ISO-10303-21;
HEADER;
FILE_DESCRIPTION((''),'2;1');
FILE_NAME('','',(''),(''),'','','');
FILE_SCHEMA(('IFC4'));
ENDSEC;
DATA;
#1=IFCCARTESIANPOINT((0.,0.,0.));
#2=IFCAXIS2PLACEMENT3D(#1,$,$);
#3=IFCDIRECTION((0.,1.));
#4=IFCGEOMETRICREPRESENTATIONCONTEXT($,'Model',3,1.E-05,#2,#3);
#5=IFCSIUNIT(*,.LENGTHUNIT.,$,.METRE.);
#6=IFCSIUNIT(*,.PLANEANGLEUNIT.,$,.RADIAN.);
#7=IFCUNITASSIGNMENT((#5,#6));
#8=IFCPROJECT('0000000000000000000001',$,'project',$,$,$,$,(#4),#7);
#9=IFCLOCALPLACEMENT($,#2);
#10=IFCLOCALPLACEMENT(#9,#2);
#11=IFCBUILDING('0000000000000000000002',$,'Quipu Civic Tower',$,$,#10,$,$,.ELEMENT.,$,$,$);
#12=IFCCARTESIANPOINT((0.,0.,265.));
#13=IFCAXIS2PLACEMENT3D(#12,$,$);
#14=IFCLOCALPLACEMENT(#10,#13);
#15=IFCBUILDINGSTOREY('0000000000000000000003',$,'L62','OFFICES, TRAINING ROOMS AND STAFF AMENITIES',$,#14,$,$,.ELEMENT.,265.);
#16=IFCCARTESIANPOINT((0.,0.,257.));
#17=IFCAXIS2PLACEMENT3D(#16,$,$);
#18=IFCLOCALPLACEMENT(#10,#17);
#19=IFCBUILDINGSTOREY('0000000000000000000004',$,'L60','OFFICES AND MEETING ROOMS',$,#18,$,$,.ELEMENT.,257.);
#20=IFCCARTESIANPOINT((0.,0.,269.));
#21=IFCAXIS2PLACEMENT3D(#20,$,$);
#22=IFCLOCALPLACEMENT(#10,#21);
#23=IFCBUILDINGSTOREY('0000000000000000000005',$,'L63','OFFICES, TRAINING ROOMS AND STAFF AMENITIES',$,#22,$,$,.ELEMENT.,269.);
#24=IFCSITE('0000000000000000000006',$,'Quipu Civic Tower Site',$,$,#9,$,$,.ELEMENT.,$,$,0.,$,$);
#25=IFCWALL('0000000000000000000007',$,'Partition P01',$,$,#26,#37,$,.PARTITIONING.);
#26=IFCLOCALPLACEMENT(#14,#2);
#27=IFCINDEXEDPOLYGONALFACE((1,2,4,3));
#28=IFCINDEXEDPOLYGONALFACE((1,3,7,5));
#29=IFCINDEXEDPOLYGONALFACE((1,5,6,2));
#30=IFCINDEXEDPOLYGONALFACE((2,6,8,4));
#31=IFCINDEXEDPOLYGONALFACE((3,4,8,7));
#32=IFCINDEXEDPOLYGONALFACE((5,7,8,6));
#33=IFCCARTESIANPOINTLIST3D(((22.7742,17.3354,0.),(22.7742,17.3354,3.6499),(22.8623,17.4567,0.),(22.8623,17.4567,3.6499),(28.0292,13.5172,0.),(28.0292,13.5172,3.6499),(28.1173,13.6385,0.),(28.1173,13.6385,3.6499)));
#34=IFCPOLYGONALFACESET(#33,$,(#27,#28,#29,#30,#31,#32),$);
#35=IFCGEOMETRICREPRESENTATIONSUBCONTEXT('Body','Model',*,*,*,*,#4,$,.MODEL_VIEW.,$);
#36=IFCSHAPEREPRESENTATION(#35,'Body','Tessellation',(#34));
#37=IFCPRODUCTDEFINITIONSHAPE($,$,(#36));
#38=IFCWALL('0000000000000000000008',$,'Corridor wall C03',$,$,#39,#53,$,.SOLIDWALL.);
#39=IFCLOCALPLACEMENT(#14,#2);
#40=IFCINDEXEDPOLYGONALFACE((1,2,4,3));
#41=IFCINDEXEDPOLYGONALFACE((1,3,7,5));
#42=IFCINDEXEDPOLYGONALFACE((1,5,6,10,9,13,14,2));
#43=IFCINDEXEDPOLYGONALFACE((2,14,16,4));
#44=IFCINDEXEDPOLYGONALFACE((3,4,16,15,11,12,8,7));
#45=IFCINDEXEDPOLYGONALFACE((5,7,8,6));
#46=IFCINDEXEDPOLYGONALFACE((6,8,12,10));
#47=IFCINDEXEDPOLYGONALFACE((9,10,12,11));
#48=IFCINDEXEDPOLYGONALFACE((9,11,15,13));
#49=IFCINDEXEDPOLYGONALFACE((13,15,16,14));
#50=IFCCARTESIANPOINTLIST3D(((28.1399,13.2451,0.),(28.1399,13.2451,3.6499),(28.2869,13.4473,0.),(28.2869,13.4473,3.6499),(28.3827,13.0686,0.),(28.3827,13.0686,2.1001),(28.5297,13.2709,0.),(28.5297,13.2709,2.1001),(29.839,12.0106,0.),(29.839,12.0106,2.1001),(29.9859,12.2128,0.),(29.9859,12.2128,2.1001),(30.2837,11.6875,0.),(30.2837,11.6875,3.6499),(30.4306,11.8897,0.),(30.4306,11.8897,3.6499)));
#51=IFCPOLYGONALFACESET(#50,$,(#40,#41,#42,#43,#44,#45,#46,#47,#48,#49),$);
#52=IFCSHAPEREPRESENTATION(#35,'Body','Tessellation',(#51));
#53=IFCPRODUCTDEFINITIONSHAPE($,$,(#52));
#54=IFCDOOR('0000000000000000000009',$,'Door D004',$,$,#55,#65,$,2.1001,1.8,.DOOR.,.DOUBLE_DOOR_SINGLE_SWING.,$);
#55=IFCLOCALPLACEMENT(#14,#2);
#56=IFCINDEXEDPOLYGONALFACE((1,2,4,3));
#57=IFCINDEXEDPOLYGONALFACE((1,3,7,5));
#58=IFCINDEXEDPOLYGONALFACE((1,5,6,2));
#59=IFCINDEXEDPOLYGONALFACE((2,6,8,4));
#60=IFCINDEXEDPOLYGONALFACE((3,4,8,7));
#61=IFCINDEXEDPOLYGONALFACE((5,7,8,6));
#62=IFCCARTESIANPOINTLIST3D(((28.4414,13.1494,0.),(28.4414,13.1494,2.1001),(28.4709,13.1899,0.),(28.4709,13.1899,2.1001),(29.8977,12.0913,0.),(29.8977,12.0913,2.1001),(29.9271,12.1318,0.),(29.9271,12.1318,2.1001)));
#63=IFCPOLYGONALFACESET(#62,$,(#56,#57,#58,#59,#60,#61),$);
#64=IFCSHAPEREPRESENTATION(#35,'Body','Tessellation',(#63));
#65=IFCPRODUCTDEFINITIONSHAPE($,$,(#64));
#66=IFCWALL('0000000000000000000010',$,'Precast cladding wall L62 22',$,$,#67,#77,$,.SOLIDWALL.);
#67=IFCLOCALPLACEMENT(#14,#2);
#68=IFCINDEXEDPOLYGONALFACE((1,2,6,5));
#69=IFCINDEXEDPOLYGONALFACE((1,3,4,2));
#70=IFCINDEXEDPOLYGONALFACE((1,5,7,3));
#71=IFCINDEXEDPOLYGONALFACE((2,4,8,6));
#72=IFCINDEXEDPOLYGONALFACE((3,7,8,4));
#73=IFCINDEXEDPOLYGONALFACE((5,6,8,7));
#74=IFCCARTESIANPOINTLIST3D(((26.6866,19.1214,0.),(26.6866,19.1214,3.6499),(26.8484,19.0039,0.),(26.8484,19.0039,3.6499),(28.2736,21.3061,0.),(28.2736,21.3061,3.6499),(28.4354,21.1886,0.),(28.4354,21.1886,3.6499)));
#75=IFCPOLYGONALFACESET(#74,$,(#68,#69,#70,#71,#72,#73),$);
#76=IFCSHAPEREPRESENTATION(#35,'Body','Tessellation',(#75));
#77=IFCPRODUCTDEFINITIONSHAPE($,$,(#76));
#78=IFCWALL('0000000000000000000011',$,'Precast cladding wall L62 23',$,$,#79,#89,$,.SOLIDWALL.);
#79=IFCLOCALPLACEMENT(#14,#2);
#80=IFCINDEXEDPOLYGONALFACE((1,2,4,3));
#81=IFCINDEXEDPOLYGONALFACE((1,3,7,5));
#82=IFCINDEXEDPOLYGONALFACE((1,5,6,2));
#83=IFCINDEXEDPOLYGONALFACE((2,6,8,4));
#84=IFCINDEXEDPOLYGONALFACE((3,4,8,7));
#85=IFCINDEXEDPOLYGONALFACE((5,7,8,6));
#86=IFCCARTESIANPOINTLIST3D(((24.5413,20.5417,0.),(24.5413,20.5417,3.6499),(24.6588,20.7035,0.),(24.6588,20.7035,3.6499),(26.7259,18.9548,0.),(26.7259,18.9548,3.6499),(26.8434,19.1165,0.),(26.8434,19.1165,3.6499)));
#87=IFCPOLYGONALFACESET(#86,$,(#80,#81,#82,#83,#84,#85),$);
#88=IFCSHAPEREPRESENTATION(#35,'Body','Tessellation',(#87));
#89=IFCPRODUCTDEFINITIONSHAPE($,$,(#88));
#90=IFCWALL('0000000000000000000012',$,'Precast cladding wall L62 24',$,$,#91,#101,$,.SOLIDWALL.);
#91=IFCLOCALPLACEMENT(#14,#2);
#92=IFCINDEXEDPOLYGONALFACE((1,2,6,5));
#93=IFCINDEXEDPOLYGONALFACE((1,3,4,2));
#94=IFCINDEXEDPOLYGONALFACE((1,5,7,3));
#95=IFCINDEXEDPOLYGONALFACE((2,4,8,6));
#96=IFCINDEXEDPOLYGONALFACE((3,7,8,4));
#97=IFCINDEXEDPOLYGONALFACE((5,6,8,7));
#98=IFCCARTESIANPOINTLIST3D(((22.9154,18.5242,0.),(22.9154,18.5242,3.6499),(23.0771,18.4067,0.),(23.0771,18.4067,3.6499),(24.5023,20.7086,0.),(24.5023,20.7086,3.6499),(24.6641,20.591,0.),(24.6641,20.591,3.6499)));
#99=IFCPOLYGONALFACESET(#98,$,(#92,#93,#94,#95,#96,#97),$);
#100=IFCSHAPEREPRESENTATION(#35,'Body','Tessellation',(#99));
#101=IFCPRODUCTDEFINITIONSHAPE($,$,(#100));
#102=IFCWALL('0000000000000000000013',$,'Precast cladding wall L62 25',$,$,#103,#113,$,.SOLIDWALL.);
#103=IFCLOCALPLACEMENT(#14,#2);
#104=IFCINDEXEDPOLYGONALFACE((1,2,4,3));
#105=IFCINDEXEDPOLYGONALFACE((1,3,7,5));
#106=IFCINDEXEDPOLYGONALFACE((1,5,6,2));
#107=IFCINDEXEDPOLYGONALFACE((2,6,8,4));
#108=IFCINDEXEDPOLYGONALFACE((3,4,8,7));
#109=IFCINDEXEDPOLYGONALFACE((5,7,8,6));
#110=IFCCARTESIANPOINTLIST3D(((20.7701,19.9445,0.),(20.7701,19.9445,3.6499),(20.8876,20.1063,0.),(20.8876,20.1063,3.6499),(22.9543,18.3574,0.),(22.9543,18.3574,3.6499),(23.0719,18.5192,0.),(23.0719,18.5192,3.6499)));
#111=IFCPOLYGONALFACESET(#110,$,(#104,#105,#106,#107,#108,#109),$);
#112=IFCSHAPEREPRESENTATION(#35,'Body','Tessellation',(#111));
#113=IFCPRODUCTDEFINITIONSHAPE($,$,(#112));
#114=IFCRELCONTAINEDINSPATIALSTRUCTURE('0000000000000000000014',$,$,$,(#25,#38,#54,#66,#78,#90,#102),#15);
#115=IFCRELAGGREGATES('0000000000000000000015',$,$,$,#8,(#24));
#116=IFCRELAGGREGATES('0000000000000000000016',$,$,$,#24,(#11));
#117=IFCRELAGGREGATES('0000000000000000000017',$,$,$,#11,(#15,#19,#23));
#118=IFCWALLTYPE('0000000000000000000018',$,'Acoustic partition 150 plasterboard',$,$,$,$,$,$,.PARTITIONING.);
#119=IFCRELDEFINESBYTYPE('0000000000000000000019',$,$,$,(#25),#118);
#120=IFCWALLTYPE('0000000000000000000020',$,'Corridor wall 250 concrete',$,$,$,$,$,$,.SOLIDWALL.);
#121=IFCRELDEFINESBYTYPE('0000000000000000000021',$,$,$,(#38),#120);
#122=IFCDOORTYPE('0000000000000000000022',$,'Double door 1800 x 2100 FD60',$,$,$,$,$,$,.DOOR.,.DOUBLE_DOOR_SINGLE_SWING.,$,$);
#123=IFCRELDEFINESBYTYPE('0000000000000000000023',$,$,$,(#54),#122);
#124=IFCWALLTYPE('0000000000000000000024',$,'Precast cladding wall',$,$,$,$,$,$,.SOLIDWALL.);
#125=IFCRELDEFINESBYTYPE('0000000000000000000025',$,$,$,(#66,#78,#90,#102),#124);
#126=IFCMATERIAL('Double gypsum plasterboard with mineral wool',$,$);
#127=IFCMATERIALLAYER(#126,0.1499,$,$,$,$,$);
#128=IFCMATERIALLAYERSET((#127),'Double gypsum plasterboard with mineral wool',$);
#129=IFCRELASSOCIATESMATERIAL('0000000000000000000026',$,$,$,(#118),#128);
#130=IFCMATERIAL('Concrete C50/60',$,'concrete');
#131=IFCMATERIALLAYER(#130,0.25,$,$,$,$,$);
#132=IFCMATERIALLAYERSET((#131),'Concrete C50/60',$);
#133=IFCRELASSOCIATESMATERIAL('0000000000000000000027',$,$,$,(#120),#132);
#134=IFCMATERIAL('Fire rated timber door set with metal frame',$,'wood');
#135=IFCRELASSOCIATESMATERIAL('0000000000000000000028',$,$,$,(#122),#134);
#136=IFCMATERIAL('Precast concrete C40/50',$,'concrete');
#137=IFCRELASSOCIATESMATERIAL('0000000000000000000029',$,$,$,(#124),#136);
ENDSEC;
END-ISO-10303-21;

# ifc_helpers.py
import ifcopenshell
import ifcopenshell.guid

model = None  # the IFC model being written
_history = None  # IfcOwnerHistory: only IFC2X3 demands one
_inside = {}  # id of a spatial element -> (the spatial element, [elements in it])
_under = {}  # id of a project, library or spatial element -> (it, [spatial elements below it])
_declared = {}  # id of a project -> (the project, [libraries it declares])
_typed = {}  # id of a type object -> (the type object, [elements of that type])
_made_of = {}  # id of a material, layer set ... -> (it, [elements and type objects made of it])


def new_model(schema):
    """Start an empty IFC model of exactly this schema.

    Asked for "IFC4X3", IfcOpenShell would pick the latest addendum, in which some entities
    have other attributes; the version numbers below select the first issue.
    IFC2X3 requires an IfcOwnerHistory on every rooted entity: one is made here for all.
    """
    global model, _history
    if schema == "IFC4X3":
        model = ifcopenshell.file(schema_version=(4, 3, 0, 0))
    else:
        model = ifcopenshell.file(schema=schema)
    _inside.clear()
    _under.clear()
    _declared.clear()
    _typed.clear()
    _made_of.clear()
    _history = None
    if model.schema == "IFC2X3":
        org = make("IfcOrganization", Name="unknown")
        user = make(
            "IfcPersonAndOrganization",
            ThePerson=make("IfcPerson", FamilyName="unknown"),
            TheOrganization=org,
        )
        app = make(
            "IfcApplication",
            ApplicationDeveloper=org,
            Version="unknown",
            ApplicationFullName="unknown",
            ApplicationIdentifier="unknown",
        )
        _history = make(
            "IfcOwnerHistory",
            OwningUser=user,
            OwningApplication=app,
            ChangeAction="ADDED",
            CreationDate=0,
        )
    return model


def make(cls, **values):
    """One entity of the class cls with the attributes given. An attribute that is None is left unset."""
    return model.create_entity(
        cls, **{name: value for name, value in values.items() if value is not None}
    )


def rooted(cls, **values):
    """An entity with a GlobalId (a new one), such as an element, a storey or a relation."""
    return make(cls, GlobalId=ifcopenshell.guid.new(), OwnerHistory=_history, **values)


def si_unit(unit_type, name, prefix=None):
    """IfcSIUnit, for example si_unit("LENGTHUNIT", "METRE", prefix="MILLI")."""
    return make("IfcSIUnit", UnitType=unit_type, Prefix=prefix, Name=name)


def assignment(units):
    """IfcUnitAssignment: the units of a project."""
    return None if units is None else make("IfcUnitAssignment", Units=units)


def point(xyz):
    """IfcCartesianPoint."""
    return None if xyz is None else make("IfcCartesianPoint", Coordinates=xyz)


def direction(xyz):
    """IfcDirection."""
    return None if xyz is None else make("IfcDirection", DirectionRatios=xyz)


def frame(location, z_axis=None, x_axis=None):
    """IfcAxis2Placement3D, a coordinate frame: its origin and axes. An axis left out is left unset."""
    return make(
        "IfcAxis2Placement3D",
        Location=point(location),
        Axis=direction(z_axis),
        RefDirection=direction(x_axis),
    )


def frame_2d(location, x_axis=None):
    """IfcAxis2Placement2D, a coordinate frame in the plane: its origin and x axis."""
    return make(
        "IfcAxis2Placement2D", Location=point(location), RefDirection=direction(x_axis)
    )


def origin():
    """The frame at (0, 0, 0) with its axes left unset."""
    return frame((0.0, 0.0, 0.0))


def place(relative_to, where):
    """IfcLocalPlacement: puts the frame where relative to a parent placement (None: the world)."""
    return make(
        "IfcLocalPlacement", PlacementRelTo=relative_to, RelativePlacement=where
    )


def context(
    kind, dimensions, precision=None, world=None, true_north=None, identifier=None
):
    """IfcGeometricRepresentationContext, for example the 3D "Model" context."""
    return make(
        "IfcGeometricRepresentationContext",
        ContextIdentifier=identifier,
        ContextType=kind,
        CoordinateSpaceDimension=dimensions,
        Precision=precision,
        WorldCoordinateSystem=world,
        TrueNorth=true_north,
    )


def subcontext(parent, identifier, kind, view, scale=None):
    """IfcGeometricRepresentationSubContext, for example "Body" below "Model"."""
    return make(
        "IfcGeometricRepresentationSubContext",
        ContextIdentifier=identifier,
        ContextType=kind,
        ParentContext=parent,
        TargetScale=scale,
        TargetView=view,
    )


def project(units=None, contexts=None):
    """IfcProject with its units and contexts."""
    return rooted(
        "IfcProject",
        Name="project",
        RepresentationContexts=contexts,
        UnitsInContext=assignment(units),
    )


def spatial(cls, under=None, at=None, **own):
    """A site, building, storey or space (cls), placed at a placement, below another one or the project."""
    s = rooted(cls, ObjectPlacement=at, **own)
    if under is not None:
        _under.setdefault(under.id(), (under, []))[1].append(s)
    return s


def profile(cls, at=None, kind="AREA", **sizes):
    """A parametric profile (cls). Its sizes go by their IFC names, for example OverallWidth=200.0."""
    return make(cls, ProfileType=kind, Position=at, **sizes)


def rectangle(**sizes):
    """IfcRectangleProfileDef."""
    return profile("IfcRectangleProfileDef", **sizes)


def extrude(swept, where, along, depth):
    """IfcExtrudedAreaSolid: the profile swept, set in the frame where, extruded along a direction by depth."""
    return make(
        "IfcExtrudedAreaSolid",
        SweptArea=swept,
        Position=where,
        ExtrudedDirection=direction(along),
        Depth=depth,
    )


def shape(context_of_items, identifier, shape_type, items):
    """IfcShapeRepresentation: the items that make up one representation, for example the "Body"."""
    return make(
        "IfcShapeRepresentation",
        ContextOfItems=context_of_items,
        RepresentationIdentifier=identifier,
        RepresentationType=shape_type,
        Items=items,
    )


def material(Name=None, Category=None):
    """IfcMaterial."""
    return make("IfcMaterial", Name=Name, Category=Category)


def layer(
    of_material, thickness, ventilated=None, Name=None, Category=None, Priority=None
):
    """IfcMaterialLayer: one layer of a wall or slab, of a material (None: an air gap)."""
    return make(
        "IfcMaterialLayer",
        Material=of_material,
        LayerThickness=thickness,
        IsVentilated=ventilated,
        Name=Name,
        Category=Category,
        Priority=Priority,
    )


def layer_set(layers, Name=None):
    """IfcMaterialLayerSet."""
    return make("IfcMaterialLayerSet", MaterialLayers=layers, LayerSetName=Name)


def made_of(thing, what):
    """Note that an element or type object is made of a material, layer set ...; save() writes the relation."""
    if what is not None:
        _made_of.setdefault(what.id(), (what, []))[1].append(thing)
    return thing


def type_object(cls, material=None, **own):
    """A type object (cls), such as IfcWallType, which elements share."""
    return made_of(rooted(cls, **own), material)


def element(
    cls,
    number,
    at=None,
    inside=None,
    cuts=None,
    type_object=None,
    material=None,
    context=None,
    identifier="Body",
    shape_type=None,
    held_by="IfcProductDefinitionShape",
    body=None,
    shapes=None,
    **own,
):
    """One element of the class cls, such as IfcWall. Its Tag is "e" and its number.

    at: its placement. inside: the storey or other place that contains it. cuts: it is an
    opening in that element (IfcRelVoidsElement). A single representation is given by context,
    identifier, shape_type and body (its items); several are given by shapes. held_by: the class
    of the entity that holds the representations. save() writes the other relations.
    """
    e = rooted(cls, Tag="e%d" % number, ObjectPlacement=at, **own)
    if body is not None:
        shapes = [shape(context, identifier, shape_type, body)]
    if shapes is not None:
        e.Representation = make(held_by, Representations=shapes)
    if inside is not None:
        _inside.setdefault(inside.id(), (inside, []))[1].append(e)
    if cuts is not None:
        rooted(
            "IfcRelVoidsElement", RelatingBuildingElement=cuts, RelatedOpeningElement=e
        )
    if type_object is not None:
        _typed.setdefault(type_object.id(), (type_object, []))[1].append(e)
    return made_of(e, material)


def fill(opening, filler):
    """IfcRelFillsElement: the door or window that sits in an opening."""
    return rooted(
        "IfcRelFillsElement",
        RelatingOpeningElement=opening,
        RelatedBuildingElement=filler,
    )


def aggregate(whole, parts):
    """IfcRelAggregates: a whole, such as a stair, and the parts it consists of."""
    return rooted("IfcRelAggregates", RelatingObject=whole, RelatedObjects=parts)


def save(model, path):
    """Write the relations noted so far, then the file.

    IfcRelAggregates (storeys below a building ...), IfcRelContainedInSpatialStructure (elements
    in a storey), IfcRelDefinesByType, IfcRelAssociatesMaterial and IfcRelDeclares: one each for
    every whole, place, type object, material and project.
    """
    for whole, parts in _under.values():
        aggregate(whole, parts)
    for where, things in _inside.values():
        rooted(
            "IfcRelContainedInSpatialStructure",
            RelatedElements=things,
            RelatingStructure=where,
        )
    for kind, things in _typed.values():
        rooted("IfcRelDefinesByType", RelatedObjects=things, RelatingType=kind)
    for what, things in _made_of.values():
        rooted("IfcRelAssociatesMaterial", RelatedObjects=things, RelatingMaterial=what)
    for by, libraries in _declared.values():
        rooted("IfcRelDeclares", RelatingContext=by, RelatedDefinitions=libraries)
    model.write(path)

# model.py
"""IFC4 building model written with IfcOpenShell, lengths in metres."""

from ifc_helpers import new_model, si_unit, direction, frame, frame_2d, origin, place, context, subcontext, project, spatial, rectangle, extrude, material, layer, layer_set, type_object, element, fill, save


model = new_model("IFC4")

# Units and contexts
model_context = context("Model", 3, precision=1e-05, world=origin(), true_north=direction((0.0, 1.0)))
body_context = subcontext(model_context, "Body", "Model", "MODEL_VIEW")
ifc_project = project(units=[si_unit("LENGTHUNIT", "METRE"), si_unit("PLANEANGLEUNIT", "RADIAN")], contexts=[model_context])

# Site, building, storey
site_placement = place(None, origin())
site = spatial("IfcSite", under=ifc_project, at=site_placement, Name="Quipu Civic Tower Site", CompositionType="ELEMENT", RefElevation=0.0)
building_placement = place(site_placement, origin())
building = spatial("IfcBuilding", under=site, at=building_placement, Name="Quipu Civic Tower", CompositionType="ELEMENT")
storey_1_placement = place(building_placement, frame((0.0, 0.0, 265.0)))
storey_1 = spatial("IfcBuildingStorey", under=building, at=storey_1_placement, Name="L62", Description="OFFICES, TRAINING ROOMS AND STAFF AMENITIES", CompositionType="ELEMENT", Elevation=265.0)

# Shared definitions
storey_2_placement = place(building_placement, frame((0.0, 0.0, 257.0)))
storey_2 = spatial("IfcBuildingStorey", under=building, at=storey_2_placement, Name="L60", Description="OFFICES AND MEETING ROOMS", CompositionType="ELEMENT", Elevation=257.0)

# Shared definitions
storey_3_placement = place(building_placement, frame((0.0, 0.0, 269.0)))
storey_3 = spatial("IfcBuildingStorey", under=building, at=storey_3_placement, Name="L63", Description="OFFICES, TRAINING ROOMS AND STAFF AMENITIES", CompositionType="ELEMENT", Elevation=269.0)

# Wall
ifc_material_1 = material(Name="Double gypsum plasterboard with mineral wool")
ifc_layer_1 = layer(ifc_material_1, 0.1499)
ifc_layer_set_1 = layer_set([ifc_layer_1], Name="Double gypsum plasterboard with mineral wool")
wall_type_1 = type_object("IfcWallType", Name="Acoustic partition 150 plasterboard", PredefinedType="PARTITIONING", material=ifc_layer_set_1)
wall_1_placement = place(storey_1_placement, frame((28.0732, 13.5779, 0.0), z_axis=(0.0, 0.0, 1.0), x_axis=(-0.809001, 0.587807, 0.0)))
element("IfcWall", 1, at=wall_1_placement, inside=storey_1, type_object=wall_type_1, Name="Partition P01", PredefinedType="PARTITIONING", context=body_context, shape_type="SweptSolid", body=[
    extrude(rectangle(XDim=6.4956, YDim=0.1499, at=frame_2d((3.2478, 0.0))), origin(), (0.0, 0.0, 1.0), 3.6499),
])

# Wall, opening, door
ifc_material_2 = material(Name="Concrete C50/60", Category="concrete")
ifc_layer_2 = layer(ifc_material_2, 0.25)
ifc_layer_set_2 = layer_set([ifc_layer_2], Name="Concrete C50/60")
wall_type_2 = type_object("IfcWallType", Name="Corridor wall 250 concrete", PredefinedType="SOLIDWALL", material=ifc_layer_set_2)
wall_2_placement = place(storey_1_placement, frame((28.2134, 13.3462, 0.0), z_axis=(0.0, 0.0, 1.0), x_axis=(0.809007, -0.587799, 0.0)))
wall_2 = element("IfcWall", 2, at=wall_2_placement, inside=storey_1, type_object=wall_type_2, Name="Corridor wall C03", PredefinedType="SOLIDWALL", context=body_context, shape_type="SweptSolid", body=[
    extrude(rectangle(XDim=2.6499, YDim=0.25, at=frame_2d((1.325, 0.0))), origin(), (0.0, 0.0, 1.0), 3.6499),
])
opening_placement = place(wall_2_placement, frame((0.3003, 0.0, 0.0)))
opening = element("IfcOpeningElement", 3, at=opening_placement, cuts=wall_2, PredefinedType="OPENING", context=body_context, shape_type="SweptSolid", body=[
    extrude(rectangle(XDim=1.8, YDim=2.1001, at=frame_2d((0.8999, 1.05))), frame((0.0, 0.135, 0.0), z_axis=(0.0, -1.0, 0.0), x_axis=(1.0, 0.0, 0.0)), (0.0, 0.0, 1.0), 0.27),
])
ifc_material_3 = material(Name="Fire rated timber door set with metal frame", Category="wood")
door_type = type_object("IfcDoorType", Name="Double door 1800 x 2100 FD60", OperationType="DOUBLE_DOOR_SINGLE_SWING", PredefinedType="DOOR", material=ifc_material_3)
door_placement = place(opening_placement, origin())
door = element("IfcDoor", 4, at=door_placement, inside=storey_1, type_object=door_type, Name="Door D004", OperationType="DOUBLE_DOOR_SINGLE_SWING", OverallHeight=2.1001, OverallWidth=1.8, PredefinedType="DOOR", context=body_context, shape_type="SweptSolid", body=[
    extrude(rectangle(XDim=1.8, YDim=2.1001, at=frame_2d((0.8999, 1.05))), frame((0.0, 0.0249, 0.0), z_axis=(0.0, -1.0, 0.0), x_axis=(1.0, 0.0, 0.0)), (0.0, 0.0, 1.0), 0.05),
])
fill(opening, door)

# Walls
ifc_material_4 = material(Name="Precast concrete C40/50", Category="concrete")
wall_type_3 = type_object("IfcWallType", Name="Precast cladding wall", PredefinedType="SOLIDWALL", material=ifc_material_4)
for number, where, z_axis, x_axis, name in (
    (5, (28.3545, 21.2473, 0.0), (0.0, 0.0, 1.0), (-0.58772, -0.809064, 0.0), "Precast cladding wall L62 22"),
    (6, (26.7847, 19.0356, 0.0), (0.0, 0.0, 1.0), (-0.809064, 0.58772, 0.0), "Precast cladding wall L62 23"),
):
    element("IfcWall", number, at=place(storey_1_placement, frame(where, z_axis=z_axis, x_axis=x_axis)), inside=storey_1, type_object=wall_type_3, Name=name, PredefinedType="SOLIDWALL", context=body_context, shape_type="SweptSolid", body=[
        extrude(rectangle(XDim=2.7002, YDim=0.2, at=frame_2d((1.3501, 0.0))), origin(), (0.0, 0.0, 1.0), 3.6499),
    ])
for number, where, z_axis, x_axis, name in (
    (7, (24.5833, 20.6499, 0.0), (0.0, 0.0, 1.0), (-0.587763, -0.809033, 0.0), "Precast cladding wall L62 24"),
    (8, (23.0132, 18.4382, 0.0), (0.0, 0.0, 1.0), (-0.80899, 0.587822, 0.0), "Precast cladding wall L62 25"),
):
    element("IfcWall", number, at=place(storey_1_placement, frame(where, z_axis=z_axis, x_axis=x_axis)), inside=storey_1, type_object=wall_type_3, Name=name, PredefinedType="SOLIDWALL", context=body_context, shape_type="SweptSolid", body=[
        extrude(rectangle(XDim=2.7, YDim=0.2, at=frame_2d((1.3501, 0.0))), origin(), (0.0, 0.0, 1.0), 3.6499),
    ])

save(model, "model.ifc")
